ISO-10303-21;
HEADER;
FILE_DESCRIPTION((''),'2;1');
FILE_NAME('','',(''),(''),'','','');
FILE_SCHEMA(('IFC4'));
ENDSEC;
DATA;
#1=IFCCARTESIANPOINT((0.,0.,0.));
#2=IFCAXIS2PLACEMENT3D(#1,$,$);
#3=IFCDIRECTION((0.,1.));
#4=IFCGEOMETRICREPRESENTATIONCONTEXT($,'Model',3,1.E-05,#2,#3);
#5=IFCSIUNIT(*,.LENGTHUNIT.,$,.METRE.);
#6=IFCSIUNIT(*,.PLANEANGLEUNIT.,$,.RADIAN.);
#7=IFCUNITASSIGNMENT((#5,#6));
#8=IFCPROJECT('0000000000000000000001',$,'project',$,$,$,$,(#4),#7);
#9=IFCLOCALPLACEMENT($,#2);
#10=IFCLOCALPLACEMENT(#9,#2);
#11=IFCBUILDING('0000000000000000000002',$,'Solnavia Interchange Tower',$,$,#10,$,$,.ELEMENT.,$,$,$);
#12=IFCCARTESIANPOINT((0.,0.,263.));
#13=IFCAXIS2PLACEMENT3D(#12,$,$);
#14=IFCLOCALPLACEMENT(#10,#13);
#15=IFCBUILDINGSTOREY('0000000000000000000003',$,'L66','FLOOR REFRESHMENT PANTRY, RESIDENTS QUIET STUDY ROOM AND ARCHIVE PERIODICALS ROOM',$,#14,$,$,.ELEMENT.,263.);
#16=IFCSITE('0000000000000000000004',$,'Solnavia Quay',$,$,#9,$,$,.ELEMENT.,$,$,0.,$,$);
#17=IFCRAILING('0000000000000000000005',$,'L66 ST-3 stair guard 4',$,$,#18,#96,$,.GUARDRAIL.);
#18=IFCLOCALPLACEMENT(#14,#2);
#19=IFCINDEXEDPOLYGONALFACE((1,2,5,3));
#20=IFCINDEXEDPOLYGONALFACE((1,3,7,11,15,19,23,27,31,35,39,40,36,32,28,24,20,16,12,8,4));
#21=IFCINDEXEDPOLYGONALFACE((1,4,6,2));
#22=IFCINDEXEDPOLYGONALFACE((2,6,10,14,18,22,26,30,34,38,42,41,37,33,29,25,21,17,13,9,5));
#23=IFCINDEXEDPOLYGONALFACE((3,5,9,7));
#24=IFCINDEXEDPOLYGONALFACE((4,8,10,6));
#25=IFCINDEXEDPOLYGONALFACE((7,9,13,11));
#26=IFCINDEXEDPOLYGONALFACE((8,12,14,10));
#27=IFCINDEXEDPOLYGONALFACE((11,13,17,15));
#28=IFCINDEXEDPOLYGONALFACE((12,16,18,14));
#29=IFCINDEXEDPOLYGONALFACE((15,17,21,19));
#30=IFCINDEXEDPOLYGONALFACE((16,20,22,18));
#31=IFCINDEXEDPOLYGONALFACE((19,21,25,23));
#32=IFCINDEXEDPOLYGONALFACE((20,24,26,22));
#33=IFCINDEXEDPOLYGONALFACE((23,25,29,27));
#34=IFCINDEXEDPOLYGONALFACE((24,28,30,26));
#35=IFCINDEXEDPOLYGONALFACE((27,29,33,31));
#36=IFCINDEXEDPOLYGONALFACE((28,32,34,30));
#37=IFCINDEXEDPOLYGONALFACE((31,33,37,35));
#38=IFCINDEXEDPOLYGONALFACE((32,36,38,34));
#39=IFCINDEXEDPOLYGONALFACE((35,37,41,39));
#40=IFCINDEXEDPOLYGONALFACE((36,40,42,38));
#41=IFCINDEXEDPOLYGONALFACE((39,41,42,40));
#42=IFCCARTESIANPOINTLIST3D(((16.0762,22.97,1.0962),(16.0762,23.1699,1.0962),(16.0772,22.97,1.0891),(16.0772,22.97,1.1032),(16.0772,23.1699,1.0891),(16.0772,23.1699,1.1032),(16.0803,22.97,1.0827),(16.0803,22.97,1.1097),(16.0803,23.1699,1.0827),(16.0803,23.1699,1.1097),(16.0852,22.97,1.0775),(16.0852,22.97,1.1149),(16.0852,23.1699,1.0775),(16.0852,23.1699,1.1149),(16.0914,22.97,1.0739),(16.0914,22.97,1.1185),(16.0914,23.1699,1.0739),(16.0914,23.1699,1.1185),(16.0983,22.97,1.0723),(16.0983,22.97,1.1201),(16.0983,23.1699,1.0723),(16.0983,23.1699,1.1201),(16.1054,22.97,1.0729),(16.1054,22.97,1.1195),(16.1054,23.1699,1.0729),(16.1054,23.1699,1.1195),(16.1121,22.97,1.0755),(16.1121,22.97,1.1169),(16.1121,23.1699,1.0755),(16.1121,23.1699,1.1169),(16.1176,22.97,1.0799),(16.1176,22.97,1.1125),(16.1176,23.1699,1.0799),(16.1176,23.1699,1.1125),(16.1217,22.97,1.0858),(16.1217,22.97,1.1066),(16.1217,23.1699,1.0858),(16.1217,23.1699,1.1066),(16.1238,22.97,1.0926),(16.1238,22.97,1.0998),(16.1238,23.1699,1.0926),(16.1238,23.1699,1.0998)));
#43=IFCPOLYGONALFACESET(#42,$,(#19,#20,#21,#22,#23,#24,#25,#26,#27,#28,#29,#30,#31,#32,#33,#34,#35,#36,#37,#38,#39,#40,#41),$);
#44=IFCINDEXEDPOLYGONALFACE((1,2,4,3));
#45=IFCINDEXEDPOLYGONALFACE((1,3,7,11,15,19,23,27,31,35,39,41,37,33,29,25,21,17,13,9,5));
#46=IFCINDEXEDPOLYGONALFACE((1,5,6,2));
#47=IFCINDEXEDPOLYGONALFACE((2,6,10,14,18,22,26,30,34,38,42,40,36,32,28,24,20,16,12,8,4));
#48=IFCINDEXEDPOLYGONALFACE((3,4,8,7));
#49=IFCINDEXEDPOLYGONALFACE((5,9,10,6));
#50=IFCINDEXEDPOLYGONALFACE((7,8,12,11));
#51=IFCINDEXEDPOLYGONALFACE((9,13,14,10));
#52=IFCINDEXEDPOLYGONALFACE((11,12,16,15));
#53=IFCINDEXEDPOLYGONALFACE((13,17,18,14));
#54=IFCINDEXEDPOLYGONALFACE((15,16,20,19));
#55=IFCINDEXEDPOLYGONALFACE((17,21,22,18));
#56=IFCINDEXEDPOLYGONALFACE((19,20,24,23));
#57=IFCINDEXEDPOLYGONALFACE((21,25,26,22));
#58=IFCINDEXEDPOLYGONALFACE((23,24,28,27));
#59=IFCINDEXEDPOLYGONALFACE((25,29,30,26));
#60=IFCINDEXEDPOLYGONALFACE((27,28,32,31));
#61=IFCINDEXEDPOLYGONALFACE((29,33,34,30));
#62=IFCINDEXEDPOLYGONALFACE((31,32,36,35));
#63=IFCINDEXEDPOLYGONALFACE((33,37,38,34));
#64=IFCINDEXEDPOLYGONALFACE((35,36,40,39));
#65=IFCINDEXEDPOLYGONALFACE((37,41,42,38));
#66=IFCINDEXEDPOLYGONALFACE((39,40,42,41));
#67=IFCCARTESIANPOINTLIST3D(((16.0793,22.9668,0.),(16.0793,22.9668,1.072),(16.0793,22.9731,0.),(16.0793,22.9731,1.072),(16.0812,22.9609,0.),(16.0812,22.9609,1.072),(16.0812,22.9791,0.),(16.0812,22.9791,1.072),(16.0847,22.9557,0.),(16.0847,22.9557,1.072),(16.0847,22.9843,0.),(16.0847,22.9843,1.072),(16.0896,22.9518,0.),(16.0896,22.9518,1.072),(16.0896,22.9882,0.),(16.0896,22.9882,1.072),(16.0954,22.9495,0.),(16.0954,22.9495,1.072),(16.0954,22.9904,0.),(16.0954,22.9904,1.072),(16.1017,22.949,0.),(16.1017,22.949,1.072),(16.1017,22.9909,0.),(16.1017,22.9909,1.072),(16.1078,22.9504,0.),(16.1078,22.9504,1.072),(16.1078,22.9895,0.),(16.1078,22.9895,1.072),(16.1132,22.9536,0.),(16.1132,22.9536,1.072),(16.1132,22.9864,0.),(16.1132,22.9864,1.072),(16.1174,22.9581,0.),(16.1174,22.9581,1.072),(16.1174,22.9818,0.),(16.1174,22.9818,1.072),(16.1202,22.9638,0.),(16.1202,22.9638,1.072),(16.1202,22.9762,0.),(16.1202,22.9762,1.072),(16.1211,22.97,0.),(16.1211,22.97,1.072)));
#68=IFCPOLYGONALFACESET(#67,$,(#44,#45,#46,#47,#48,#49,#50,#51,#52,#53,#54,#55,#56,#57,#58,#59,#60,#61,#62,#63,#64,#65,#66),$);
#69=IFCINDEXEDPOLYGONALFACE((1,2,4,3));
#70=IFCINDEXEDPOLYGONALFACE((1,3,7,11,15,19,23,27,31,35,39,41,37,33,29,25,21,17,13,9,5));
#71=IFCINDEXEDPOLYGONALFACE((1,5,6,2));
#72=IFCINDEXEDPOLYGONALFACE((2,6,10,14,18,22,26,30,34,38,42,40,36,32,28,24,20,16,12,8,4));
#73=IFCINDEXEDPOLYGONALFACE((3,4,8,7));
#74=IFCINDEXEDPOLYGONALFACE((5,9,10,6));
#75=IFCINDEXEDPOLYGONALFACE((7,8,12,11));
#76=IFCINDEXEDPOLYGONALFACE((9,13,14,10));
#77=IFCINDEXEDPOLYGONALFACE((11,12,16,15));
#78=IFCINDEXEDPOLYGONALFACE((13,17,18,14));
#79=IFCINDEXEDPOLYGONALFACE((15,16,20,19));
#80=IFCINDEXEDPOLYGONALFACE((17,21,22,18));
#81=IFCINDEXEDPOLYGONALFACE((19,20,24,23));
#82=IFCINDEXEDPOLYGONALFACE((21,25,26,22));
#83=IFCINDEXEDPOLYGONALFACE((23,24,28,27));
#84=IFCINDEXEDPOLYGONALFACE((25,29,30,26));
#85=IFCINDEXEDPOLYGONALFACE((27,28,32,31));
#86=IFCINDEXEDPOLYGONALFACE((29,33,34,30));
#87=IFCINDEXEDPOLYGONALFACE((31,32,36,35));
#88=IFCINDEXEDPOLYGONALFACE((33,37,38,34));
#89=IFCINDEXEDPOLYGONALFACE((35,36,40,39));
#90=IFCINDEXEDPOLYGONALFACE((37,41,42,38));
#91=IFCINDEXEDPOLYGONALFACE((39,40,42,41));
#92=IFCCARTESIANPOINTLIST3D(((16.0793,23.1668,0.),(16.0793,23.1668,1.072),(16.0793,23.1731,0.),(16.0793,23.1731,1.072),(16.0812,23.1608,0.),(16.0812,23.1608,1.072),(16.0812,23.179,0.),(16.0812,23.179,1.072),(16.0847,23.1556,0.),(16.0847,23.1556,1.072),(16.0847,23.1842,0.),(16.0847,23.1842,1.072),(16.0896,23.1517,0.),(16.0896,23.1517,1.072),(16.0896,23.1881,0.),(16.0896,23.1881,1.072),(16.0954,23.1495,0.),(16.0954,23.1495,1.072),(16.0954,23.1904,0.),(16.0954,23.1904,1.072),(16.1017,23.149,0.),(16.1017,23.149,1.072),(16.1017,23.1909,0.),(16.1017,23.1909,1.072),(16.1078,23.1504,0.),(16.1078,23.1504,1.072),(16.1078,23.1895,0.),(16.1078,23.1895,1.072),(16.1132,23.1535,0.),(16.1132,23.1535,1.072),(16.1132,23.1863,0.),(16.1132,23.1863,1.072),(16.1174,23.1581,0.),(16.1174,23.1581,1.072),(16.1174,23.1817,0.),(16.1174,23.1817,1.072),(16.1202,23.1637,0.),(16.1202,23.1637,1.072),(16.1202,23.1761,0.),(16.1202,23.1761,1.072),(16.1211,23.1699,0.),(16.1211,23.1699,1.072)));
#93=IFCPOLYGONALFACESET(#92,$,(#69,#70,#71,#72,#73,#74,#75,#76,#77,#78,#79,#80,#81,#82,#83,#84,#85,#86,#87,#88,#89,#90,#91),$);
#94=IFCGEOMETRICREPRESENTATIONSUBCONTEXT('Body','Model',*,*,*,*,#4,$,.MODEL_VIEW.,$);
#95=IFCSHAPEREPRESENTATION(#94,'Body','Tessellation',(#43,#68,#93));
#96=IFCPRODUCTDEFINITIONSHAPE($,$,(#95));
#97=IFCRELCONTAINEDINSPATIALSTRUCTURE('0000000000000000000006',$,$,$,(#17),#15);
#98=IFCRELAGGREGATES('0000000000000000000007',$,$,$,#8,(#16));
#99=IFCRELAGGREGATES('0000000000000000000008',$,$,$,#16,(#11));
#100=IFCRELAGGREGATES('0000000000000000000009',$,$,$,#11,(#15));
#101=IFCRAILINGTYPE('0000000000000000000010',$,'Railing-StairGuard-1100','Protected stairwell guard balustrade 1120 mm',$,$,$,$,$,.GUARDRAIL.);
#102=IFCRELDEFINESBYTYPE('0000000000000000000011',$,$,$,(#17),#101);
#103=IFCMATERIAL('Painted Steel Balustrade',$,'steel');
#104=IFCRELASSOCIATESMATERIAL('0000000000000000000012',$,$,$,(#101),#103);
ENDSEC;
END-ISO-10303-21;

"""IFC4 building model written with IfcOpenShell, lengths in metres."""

from ifc_helpers import new_model, si_unit, direction, frame, origin, origin_2d, place, context, subcontext, project, spatial, circle, extrude, material, type_object, element, save


model = new_model("IFC4")

# Units and contexts
model_context = context("Model", 3, precision=1e-05, world=origin(), true_north=direction((0.0, 1.0)))
body_context = subcontext(model_context, "Body", "Model", "MODEL_VIEW")
ifc_project = project(units=[si_unit("LENGTHUNIT", "METRE"), si_unit("PLANEANGLEUNIT", "RADIAN")], contexts=[model_context])

# Site, building, storey
site_placement = place(None, origin())
site = spatial("IfcSite", under=ifc_project, at=site_placement, Name="Solnavia Quay", CompositionType="ELEMENT", RefElevation=0.0)
building_placement = place(site_placement, origin())
building = spatial("IfcBuilding", under=site, at=building_placement, Name="Solnavia Interchange Tower", CompositionType="ELEMENT")
storey_placement = place(building_placement, frame((0.0, 0.0, 263.0)))
storey = spatial("IfcBuildingStorey", under=building, at=storey_placement, Name="L66", Description="FLOOR REFRESHMENT PANTRY, RESIDENTS QUIET STUDY ROOM AND ARCHIVE PERIODICALS ROOM", CompositionType="ELEMENT", Elevation=263.0)

# Railing
ifc_material_1 = material(Name="Painted Steel Balustrade", Category="steel")
railing_type_1 = type_object("IfcRailingType", Name="Railing-StairGuard-1100", Description="Protected stairwell guard balustrade 1120 mm", PredefinedType="GUARDRAIL", material=ifc_material_1)
railing_1_placement = place(storey_placement, frame((16.1001, 22.97, 0.0)))
element("IfcRailing", 1, at=railing_1_placement, inside=storey, type_object=railing_type_1, Name="L66 ST-3 stair guard 4", PredefinedType="GUARDRAIL", context=body_context, shape_type="SweptSolid", body=[
    extrude(circle(Radius=0.0239, at=origin_2d()), frame((0.0, 0.0, 1.0962), z_axis=(0.0, 1.0, 0.0), x_axis=(-1.0, 0.0, 0.0)), (0.0, 0.0, 1.0), 0.2),
    extrude(circle(Radius=0.021, at=origin_2d()), origin(), (0.0, 0.0, 1.0), 1.072),
    extrude(circle(Radius=0.021, at=origin_2d()), frame((0.0, 0.2, 0.0)), (0.0, 0.0, 1.0), 1.072),
])

save(model, "model.ifc")
